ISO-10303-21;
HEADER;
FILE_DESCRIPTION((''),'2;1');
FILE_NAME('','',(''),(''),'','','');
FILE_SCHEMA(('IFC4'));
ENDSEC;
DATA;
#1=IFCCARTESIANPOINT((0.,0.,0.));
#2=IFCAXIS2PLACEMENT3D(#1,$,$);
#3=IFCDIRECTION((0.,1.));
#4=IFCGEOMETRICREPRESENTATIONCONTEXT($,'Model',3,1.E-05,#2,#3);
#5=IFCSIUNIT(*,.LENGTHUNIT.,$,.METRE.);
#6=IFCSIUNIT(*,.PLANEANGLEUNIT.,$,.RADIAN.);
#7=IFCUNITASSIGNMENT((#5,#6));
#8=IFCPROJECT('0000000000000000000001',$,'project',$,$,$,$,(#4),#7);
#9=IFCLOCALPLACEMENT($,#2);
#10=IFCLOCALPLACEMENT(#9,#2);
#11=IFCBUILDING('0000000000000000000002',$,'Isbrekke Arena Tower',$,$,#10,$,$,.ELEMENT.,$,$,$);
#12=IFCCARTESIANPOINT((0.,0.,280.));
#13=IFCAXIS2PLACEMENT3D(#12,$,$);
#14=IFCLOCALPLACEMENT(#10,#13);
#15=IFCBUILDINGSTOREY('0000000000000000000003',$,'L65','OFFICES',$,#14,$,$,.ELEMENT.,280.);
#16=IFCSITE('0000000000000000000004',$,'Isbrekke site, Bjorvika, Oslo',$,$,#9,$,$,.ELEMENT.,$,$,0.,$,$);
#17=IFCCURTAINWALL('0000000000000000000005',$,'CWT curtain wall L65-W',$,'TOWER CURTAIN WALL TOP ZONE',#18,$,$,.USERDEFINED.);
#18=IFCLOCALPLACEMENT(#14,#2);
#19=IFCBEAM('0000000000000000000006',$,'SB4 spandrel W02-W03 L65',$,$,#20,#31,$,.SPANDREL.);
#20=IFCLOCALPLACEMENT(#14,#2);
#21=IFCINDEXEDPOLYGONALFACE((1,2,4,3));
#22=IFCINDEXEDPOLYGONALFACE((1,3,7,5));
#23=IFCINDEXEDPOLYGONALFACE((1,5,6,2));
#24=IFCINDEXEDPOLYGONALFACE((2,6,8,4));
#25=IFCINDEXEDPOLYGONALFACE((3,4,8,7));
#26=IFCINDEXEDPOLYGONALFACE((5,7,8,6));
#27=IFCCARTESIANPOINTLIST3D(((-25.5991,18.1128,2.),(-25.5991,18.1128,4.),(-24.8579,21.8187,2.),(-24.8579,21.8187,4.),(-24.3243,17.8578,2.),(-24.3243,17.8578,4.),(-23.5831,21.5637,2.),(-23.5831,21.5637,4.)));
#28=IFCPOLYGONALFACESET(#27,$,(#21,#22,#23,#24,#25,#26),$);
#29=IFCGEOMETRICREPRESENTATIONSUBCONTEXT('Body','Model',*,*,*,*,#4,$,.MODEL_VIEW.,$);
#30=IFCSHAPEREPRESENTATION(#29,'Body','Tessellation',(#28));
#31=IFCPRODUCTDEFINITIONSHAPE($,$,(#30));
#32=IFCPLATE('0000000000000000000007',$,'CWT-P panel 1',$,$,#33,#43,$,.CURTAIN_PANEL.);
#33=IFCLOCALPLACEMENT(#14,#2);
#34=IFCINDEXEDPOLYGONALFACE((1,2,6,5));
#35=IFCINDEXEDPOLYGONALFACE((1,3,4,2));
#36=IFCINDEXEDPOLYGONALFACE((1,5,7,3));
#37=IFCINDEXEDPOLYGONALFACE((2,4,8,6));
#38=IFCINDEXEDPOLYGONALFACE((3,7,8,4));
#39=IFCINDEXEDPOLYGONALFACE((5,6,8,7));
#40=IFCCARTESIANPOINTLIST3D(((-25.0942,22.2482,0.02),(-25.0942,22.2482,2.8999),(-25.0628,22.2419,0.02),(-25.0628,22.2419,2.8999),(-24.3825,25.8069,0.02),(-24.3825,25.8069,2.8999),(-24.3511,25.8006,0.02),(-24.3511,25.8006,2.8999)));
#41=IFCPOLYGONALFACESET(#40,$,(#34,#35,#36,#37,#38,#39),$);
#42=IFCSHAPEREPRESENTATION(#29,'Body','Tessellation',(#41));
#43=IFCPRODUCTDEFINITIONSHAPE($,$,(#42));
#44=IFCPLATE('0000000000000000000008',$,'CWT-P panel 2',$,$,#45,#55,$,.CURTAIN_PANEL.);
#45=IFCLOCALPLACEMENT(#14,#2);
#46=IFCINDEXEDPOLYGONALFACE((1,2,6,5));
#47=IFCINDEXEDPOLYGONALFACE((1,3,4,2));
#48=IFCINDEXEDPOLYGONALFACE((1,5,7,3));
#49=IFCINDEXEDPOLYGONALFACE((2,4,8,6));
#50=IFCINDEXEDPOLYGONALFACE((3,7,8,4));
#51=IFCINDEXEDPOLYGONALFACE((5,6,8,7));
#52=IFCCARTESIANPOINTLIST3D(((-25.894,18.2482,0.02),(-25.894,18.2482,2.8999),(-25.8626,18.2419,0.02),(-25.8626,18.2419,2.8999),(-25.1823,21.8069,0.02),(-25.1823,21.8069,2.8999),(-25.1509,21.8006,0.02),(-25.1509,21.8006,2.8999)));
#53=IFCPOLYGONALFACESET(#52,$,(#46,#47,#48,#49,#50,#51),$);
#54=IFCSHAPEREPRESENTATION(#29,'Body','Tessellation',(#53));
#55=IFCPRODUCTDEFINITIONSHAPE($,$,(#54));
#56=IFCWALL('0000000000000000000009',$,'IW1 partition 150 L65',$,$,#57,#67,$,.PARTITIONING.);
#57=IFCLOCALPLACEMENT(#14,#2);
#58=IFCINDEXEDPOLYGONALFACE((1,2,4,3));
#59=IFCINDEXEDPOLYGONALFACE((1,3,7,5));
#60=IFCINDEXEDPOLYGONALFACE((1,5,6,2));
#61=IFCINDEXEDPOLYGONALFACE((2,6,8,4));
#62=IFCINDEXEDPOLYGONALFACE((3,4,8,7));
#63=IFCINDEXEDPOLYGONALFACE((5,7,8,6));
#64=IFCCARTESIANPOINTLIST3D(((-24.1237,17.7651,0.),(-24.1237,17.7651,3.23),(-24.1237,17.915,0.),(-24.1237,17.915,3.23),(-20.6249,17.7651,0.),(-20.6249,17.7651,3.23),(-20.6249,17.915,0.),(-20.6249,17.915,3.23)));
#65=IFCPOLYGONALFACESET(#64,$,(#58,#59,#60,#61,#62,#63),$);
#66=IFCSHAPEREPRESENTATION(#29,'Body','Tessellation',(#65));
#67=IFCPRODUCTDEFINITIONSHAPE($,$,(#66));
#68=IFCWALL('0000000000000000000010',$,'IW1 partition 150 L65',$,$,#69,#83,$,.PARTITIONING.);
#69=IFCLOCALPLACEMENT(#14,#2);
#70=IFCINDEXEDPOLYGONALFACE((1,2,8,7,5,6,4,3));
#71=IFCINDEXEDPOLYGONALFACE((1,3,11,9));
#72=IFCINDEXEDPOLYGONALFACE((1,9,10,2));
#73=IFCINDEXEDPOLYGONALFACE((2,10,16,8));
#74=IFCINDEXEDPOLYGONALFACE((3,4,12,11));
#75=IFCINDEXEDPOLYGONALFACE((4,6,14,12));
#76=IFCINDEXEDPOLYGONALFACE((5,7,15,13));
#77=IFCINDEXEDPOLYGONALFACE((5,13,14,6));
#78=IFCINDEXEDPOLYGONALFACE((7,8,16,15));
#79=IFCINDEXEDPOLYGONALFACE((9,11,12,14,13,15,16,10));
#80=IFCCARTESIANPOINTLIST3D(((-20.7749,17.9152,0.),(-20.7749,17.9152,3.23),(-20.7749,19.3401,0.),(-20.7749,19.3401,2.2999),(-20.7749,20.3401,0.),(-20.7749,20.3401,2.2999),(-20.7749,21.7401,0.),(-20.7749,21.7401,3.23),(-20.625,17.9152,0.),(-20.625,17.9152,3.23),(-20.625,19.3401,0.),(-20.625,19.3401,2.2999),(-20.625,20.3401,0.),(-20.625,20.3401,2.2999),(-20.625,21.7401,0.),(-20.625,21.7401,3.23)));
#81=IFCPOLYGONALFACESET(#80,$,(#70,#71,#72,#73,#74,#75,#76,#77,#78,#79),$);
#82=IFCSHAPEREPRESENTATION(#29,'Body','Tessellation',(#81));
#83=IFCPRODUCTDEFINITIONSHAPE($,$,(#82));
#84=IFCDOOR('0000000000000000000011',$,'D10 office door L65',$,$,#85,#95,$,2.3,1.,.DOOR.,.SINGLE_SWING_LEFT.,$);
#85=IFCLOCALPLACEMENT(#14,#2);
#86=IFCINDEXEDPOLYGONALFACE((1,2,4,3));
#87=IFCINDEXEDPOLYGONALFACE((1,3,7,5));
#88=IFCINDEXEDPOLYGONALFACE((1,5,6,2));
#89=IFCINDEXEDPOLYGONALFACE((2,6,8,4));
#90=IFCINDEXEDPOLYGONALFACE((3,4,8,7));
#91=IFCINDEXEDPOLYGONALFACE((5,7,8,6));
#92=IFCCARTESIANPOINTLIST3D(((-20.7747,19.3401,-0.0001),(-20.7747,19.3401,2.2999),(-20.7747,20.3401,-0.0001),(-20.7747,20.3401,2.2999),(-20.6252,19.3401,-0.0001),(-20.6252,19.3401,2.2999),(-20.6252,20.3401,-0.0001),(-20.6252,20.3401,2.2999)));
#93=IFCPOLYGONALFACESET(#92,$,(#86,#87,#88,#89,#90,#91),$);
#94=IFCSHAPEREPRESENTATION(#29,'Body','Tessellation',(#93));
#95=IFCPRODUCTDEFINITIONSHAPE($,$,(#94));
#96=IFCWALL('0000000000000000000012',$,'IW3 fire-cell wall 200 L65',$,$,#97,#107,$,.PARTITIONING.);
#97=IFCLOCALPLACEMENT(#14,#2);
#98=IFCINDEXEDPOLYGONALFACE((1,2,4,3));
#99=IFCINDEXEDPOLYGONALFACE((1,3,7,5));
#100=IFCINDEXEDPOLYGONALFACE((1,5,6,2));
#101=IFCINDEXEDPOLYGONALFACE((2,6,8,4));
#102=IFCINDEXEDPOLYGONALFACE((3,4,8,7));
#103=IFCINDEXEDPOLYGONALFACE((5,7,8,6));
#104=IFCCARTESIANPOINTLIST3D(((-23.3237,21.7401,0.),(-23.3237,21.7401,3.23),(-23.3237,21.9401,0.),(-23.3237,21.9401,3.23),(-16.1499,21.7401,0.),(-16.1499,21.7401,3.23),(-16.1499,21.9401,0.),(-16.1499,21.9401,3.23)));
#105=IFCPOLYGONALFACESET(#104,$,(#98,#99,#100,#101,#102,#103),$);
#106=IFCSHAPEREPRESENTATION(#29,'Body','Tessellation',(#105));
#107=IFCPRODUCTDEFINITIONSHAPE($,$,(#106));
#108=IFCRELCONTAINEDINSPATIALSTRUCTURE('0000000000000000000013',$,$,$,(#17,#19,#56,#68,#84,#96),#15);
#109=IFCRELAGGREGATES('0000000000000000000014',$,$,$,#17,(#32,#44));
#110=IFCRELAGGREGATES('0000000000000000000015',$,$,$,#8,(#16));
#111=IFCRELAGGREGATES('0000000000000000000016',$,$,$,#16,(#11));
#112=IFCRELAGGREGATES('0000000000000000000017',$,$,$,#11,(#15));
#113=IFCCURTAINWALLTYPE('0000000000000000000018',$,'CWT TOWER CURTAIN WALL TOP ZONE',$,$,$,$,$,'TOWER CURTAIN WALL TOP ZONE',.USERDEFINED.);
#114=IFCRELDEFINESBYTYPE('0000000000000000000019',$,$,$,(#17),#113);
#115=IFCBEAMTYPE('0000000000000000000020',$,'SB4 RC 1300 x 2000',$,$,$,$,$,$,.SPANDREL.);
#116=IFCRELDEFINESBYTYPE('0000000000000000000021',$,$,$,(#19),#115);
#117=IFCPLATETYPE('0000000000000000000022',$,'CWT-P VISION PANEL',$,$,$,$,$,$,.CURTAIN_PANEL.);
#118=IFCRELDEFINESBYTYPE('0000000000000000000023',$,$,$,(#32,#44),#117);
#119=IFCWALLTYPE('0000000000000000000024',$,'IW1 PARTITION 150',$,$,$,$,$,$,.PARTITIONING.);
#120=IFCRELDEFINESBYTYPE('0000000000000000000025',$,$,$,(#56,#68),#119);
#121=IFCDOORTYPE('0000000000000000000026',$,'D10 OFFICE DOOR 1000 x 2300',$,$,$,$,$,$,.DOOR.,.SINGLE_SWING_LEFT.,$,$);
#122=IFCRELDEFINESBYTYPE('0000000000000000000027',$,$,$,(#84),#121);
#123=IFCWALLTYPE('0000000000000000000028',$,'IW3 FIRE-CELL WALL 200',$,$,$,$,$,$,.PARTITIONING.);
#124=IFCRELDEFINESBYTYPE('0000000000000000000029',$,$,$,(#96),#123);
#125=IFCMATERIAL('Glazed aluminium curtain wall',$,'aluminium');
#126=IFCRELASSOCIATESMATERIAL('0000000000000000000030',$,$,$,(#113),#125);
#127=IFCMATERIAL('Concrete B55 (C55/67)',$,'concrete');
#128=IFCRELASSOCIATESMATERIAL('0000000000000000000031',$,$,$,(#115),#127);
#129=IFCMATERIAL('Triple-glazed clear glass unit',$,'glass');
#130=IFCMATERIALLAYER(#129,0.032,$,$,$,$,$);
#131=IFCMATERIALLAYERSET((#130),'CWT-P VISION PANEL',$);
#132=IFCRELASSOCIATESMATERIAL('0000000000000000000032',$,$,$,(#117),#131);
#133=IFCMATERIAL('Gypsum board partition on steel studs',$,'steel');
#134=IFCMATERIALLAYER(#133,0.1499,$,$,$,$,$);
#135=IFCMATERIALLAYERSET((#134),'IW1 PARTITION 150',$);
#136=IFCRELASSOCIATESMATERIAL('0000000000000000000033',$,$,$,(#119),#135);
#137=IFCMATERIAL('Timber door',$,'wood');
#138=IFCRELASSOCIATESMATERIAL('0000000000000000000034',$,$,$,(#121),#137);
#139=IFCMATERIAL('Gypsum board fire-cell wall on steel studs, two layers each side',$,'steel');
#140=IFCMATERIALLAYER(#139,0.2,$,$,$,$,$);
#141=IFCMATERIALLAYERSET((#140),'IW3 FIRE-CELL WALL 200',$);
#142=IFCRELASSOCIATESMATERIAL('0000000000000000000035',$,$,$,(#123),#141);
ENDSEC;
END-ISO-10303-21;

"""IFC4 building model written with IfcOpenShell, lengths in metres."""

from ifc_helpers import new_model, si_unit, direction, frame, frame_2d, origin, origin_2d, place, context, subcontext, project, spatial, rectangle, extrude, material, layer, layer_set, material_profile, profile_set, type_object, element, fill, aggregate, save


model = new_model("IFC4")

# Units and contexts
model_context = context("Model", 3, precision=1e-05, world=origin(), true_north=direction((0.0, 1.0)))
body_context = subcontext(model_context, "Body", "Model", "MODEL_VIEW")
ifc_project = project(units=[si_unit("LENGTHUNIT", "METRE"), si_unit("PLANEANGLEUNIT", "RADIAN")], contexts=[model_context])

# Site, building, storey
site_placement = place(None, origin())
site = spatial("IfcSite", under=ifc_project, at=site_placement, Name="Isbrekke site, Bjorvika, Oslo", CompositionType="ELEMENT", RefElevation=0.0)
building_placement = place(site_placement, origin())
building = spatial("IfcBuilding", under=site, at=building_placement, Name="Isbrekke Arena Tower", CompositionType="ELEMENT")
storey_placement = place(building_placement, frame((0.0, 0.0, 280.0)))
storey = spatial("IfcBuildingStorey", under=building, at=storey_placement, Name="L65", Description="OFFICES", CompositionType="ELEMENT", Elevation=280.0)

# Curtain wall
ifc_material_1 = material(Name="Glazed aluminium curtain wall", Category="aluminium")
curtain_wall_type = type_object("IfcCurtainWallType", Name="CWT TOWER CURTAIN WALL TOP ZONE", ElementType="TOWER CURTAIN WALL TOP ZONE", PredefinedType="USERDEFINED", material=ifc_material_1)
curtain_wall_placement = place(storey_placement, origin())
curtain_wall = element("IfcCurtainWall", 1, at=curtain_wall_placement, inside=storey, type_object=curtain_wall_type, Name="CWT curtain wall L65-W", ObjectType="TOWER CURTAIN WALL TOP ZONE", PredefinedType="USERDEFINED")

# Beam
ifc_material_2 = material(Name="Concrete B55 (C55/67)", Category="concrete")
ifc_material_profile_1 = material_profile(ifc_material_2, rectangle(XDim=1.3, YDim=2.0, at=origin_2d()), Name="RC 1300x2000")
ifc_profile_set_1 = profile_set([ifc_material_profile_1], Name="Concrete B55 (C55/67)")
beam_type_1 = type_object("IfcBeamType", Name="SB4 RC 1300 x 2000", PredefinedType="SPANDREL", material=ifc_profile_set_1)
beam_1_placement = place(storey_placement, frame((-24.2205, 21.6912, 3.0), z_axis=(-0.196129, -0.980578, 0.0), x_axis=(0.980578, -0.196129, 0.0)))
element("IfcBeam", 2, at=beam_1_placement, inside=storey, type_object=beam_type_1, Name="SB4 spandrel W02-W03 L65", PredefinedType="SPANDREL", context=body_context, shape_type="SweptSolid", body=[
    extrude(rectangle(XDim=1.3, YDim=2.0, at=origin_2d()), origin(), (0.0, 0.0, 1.0), 3.7793),
])

# Plates
ifc_material_3 = material(Name="Triple-glazed clear glass unit", Category="glass")
ifc_layer_1 = layer(ifc_material_3, 0.032)
ifc_layer_set_1 = layer_set([ifc_layer_1], Name="CWT-P VISION PANEL")
plate_type = type_object("IfcPlateType", Name="CWT-P VISION PANEL", PredefinedType="CURTAIN_PANEL", material=ifc_layer_set_1)
plate_1_placement = place(storey_placement, frame((-24.7227, 24.0244, 0.02), z_axis=(0.0, 0.0, 1.0), x_axis=(-0.196116, -0.980581, 0.0)))
plate_1 = element("IfcPlate", 3, at=plate_1_placement, type_object=plate_type, Name="CWT-P panel 1", PredefinedType="CURTAIN_PANEL", context=body_context, shape_type="SweptSolid", body=[
    extrude(rectangle(XDim=3.6292, YDim=0.032, at=origin_2d()), origin(), (0.0, 0.0, 1.0), 2.8799),
])
plate_2_placement = place(storey_placement, frame((-25.5225, 20.0244, 0.02), z_axis=(0.0, 0.0, 1.0), x_axis=(-0.196116, -0.980581, 0.0)))
plate_2 = element("IfcPlate", 4, at=plate_2_placement, type_object=plate_type, Name="CWT-P panel 2", PredefinedType="CURTAIN_PANEL", context=body_context, shape_type="SweptSolid", body=[
    extrude(rectangle(XDim=3.6292, YDim=0.032, at=origin_2d()), origin(), (0.0, 0.0, 1.0), 2.8799),
])
aggregate(curtain_wall, [plate_1, plate_2])

# Wall
ifc_material_4 = material(Name="Gypsum board partition on steel studs", Category="steel")
ifc_layer_2 = layer(ifc_material_4, 0.1499)
ifc_layer_set_2 = layer_set([ifc_layer_2], Name="IW1 PARTITION 150")
wall_type_1 = type_object("IfcWallType", Name="IW1 PARTITION 150", PredefinedType="PARTITIONING", material=ifc_layer_set_2)
wall_1_placement = place(storey_placement, frame((-24.1238, 17.8401, 0.0), z_axis=(0.0, 0.0, 1.0), x_axis=(1.0, 0.0, 0.0)))
element("IfcWall", 5, at=wall_1_placement, inside=storey, type_object=wall_type_1, Name="IW1 partition 150 L65", PredefinedType="PARTITIONING", context=body_context, shape_type="SweptSolid", body=[
    extrude(rectangle(XDim=3.4988, YDim=0.1499, at=frame_2d((1.7495, 0.0))), origin(), (0.0, 0.0, 1.0), 3.23),
])

# Wall, opening, door
wall_2_placement = place(storey_placement, frame((-20.7, 17.915, 0.0), z_axis=(0.0, 0.0, 1.0), x_axis=(0.0, 1.0, 0.0)))
wall_2 = element("IfcWall", 6, at=wall_2_placement, inside=storey, type_object=wall_type_1, Name="IW1 partition 150 L65", PredefinedType="PARTITIONING", context=body_context, shape_type="SweptSolid", body=[
    extrude(rectangle(XDim=3.825, YDim=0.1499, at=frame_2d((1.9126, 0.0))), origin(), (0.0, 0.0, 1.0), 3.23),
])
opening_placement = place(wall_2_placement, frame((1.425, 0.0, 0.0)))
opening = element("IfcOpeningElement", 7, at=opening_placement, cuts=wall_2, PredefinedType="OPENING", context=body_context, shape_type="SweptSolid", body=[
    extrude(rectangle(XDim=1.0, YDim=2.3, at=frame_2d((0.5, 1.1499))), frame((0.0, 0.0898, 0.0), z_axis=(0.0, -1.0, 0.0), x_axis=(1.0, 0.0, 0.0)), (0.0, 0.0, 1.0), 0.1797),
])
ifc_material_5 = material(Name="Timber door", Category="wood")
door_type = type_object("IfcDoorType", Name="D10 OFFICE DOOR 1000 x 2300", OperationType="SINGLE_SWING_LEFT", PredefinedType="DOOR", material=ifc_material_5)
door_placement = place(opening_placement, origin())
door = element("IfcDoor", 8, at=door_placement, inside=storey, type_object=door_type, Name="D10 office door L65", OperationType="SINGLE_SWING_LEFT", OverallHeight=2.3, OverallWidth=1.0, PredefinedType="DOOR", context=body_context, shape_type="SweptSolid", body=[
    extrude(rectangle(XDim=1.0, YDim=2.3, at=frame_2d((0.5, 1.1499))), frame((0.0, 0.0747, 0.0), z_axis=(0.0, -1.0, 0.0), x_axis=(1.0, 0.0, 0.0)), (0.0, 0.0, 1.0), 0.1494),
])
fill(opening, door)

# Wall
ifc_material_6 = material(Name="Gypsum board fire-cell wall on steel studs, two layers each side", Category="steel")
ifc_layer_3 = layer(ifc_material_6, 0.2)
ifc_layer_set_3 = layer_set([ifc_layer_3], Name="IW3 FIRE-CELL WALL 200")
wall_type_2 = type_object("IfcWallType", Name="IW3 FIRE-CELL WALL 200", PredefinedType="PARTITIONING", material=ifc_layer_set_3)
wall_3_placement = place(storey_placement, frame((-23.3237, 21.8401, 0.0), z_axis=(0.0, 0.0, 1.0), x_axis=(1.0, 0.0, 0.0)))
element("IfcWall", 9, at=wall_3_placement, inside=storey, type_object=wall_type_2, Name="IW3 fire-cell wall 200 L65", PredefinedType="PARTITIONING", context=body_context, shape_type="SweptSolid", body=[
    extrude(rectangle(XDim=7.1738, YDim=0.2, at=frame_2d((3.5869, 0.0))), origin(), (0.0, 0.0, 1.0), 3.23),
])

save(model, "model.ifc")
